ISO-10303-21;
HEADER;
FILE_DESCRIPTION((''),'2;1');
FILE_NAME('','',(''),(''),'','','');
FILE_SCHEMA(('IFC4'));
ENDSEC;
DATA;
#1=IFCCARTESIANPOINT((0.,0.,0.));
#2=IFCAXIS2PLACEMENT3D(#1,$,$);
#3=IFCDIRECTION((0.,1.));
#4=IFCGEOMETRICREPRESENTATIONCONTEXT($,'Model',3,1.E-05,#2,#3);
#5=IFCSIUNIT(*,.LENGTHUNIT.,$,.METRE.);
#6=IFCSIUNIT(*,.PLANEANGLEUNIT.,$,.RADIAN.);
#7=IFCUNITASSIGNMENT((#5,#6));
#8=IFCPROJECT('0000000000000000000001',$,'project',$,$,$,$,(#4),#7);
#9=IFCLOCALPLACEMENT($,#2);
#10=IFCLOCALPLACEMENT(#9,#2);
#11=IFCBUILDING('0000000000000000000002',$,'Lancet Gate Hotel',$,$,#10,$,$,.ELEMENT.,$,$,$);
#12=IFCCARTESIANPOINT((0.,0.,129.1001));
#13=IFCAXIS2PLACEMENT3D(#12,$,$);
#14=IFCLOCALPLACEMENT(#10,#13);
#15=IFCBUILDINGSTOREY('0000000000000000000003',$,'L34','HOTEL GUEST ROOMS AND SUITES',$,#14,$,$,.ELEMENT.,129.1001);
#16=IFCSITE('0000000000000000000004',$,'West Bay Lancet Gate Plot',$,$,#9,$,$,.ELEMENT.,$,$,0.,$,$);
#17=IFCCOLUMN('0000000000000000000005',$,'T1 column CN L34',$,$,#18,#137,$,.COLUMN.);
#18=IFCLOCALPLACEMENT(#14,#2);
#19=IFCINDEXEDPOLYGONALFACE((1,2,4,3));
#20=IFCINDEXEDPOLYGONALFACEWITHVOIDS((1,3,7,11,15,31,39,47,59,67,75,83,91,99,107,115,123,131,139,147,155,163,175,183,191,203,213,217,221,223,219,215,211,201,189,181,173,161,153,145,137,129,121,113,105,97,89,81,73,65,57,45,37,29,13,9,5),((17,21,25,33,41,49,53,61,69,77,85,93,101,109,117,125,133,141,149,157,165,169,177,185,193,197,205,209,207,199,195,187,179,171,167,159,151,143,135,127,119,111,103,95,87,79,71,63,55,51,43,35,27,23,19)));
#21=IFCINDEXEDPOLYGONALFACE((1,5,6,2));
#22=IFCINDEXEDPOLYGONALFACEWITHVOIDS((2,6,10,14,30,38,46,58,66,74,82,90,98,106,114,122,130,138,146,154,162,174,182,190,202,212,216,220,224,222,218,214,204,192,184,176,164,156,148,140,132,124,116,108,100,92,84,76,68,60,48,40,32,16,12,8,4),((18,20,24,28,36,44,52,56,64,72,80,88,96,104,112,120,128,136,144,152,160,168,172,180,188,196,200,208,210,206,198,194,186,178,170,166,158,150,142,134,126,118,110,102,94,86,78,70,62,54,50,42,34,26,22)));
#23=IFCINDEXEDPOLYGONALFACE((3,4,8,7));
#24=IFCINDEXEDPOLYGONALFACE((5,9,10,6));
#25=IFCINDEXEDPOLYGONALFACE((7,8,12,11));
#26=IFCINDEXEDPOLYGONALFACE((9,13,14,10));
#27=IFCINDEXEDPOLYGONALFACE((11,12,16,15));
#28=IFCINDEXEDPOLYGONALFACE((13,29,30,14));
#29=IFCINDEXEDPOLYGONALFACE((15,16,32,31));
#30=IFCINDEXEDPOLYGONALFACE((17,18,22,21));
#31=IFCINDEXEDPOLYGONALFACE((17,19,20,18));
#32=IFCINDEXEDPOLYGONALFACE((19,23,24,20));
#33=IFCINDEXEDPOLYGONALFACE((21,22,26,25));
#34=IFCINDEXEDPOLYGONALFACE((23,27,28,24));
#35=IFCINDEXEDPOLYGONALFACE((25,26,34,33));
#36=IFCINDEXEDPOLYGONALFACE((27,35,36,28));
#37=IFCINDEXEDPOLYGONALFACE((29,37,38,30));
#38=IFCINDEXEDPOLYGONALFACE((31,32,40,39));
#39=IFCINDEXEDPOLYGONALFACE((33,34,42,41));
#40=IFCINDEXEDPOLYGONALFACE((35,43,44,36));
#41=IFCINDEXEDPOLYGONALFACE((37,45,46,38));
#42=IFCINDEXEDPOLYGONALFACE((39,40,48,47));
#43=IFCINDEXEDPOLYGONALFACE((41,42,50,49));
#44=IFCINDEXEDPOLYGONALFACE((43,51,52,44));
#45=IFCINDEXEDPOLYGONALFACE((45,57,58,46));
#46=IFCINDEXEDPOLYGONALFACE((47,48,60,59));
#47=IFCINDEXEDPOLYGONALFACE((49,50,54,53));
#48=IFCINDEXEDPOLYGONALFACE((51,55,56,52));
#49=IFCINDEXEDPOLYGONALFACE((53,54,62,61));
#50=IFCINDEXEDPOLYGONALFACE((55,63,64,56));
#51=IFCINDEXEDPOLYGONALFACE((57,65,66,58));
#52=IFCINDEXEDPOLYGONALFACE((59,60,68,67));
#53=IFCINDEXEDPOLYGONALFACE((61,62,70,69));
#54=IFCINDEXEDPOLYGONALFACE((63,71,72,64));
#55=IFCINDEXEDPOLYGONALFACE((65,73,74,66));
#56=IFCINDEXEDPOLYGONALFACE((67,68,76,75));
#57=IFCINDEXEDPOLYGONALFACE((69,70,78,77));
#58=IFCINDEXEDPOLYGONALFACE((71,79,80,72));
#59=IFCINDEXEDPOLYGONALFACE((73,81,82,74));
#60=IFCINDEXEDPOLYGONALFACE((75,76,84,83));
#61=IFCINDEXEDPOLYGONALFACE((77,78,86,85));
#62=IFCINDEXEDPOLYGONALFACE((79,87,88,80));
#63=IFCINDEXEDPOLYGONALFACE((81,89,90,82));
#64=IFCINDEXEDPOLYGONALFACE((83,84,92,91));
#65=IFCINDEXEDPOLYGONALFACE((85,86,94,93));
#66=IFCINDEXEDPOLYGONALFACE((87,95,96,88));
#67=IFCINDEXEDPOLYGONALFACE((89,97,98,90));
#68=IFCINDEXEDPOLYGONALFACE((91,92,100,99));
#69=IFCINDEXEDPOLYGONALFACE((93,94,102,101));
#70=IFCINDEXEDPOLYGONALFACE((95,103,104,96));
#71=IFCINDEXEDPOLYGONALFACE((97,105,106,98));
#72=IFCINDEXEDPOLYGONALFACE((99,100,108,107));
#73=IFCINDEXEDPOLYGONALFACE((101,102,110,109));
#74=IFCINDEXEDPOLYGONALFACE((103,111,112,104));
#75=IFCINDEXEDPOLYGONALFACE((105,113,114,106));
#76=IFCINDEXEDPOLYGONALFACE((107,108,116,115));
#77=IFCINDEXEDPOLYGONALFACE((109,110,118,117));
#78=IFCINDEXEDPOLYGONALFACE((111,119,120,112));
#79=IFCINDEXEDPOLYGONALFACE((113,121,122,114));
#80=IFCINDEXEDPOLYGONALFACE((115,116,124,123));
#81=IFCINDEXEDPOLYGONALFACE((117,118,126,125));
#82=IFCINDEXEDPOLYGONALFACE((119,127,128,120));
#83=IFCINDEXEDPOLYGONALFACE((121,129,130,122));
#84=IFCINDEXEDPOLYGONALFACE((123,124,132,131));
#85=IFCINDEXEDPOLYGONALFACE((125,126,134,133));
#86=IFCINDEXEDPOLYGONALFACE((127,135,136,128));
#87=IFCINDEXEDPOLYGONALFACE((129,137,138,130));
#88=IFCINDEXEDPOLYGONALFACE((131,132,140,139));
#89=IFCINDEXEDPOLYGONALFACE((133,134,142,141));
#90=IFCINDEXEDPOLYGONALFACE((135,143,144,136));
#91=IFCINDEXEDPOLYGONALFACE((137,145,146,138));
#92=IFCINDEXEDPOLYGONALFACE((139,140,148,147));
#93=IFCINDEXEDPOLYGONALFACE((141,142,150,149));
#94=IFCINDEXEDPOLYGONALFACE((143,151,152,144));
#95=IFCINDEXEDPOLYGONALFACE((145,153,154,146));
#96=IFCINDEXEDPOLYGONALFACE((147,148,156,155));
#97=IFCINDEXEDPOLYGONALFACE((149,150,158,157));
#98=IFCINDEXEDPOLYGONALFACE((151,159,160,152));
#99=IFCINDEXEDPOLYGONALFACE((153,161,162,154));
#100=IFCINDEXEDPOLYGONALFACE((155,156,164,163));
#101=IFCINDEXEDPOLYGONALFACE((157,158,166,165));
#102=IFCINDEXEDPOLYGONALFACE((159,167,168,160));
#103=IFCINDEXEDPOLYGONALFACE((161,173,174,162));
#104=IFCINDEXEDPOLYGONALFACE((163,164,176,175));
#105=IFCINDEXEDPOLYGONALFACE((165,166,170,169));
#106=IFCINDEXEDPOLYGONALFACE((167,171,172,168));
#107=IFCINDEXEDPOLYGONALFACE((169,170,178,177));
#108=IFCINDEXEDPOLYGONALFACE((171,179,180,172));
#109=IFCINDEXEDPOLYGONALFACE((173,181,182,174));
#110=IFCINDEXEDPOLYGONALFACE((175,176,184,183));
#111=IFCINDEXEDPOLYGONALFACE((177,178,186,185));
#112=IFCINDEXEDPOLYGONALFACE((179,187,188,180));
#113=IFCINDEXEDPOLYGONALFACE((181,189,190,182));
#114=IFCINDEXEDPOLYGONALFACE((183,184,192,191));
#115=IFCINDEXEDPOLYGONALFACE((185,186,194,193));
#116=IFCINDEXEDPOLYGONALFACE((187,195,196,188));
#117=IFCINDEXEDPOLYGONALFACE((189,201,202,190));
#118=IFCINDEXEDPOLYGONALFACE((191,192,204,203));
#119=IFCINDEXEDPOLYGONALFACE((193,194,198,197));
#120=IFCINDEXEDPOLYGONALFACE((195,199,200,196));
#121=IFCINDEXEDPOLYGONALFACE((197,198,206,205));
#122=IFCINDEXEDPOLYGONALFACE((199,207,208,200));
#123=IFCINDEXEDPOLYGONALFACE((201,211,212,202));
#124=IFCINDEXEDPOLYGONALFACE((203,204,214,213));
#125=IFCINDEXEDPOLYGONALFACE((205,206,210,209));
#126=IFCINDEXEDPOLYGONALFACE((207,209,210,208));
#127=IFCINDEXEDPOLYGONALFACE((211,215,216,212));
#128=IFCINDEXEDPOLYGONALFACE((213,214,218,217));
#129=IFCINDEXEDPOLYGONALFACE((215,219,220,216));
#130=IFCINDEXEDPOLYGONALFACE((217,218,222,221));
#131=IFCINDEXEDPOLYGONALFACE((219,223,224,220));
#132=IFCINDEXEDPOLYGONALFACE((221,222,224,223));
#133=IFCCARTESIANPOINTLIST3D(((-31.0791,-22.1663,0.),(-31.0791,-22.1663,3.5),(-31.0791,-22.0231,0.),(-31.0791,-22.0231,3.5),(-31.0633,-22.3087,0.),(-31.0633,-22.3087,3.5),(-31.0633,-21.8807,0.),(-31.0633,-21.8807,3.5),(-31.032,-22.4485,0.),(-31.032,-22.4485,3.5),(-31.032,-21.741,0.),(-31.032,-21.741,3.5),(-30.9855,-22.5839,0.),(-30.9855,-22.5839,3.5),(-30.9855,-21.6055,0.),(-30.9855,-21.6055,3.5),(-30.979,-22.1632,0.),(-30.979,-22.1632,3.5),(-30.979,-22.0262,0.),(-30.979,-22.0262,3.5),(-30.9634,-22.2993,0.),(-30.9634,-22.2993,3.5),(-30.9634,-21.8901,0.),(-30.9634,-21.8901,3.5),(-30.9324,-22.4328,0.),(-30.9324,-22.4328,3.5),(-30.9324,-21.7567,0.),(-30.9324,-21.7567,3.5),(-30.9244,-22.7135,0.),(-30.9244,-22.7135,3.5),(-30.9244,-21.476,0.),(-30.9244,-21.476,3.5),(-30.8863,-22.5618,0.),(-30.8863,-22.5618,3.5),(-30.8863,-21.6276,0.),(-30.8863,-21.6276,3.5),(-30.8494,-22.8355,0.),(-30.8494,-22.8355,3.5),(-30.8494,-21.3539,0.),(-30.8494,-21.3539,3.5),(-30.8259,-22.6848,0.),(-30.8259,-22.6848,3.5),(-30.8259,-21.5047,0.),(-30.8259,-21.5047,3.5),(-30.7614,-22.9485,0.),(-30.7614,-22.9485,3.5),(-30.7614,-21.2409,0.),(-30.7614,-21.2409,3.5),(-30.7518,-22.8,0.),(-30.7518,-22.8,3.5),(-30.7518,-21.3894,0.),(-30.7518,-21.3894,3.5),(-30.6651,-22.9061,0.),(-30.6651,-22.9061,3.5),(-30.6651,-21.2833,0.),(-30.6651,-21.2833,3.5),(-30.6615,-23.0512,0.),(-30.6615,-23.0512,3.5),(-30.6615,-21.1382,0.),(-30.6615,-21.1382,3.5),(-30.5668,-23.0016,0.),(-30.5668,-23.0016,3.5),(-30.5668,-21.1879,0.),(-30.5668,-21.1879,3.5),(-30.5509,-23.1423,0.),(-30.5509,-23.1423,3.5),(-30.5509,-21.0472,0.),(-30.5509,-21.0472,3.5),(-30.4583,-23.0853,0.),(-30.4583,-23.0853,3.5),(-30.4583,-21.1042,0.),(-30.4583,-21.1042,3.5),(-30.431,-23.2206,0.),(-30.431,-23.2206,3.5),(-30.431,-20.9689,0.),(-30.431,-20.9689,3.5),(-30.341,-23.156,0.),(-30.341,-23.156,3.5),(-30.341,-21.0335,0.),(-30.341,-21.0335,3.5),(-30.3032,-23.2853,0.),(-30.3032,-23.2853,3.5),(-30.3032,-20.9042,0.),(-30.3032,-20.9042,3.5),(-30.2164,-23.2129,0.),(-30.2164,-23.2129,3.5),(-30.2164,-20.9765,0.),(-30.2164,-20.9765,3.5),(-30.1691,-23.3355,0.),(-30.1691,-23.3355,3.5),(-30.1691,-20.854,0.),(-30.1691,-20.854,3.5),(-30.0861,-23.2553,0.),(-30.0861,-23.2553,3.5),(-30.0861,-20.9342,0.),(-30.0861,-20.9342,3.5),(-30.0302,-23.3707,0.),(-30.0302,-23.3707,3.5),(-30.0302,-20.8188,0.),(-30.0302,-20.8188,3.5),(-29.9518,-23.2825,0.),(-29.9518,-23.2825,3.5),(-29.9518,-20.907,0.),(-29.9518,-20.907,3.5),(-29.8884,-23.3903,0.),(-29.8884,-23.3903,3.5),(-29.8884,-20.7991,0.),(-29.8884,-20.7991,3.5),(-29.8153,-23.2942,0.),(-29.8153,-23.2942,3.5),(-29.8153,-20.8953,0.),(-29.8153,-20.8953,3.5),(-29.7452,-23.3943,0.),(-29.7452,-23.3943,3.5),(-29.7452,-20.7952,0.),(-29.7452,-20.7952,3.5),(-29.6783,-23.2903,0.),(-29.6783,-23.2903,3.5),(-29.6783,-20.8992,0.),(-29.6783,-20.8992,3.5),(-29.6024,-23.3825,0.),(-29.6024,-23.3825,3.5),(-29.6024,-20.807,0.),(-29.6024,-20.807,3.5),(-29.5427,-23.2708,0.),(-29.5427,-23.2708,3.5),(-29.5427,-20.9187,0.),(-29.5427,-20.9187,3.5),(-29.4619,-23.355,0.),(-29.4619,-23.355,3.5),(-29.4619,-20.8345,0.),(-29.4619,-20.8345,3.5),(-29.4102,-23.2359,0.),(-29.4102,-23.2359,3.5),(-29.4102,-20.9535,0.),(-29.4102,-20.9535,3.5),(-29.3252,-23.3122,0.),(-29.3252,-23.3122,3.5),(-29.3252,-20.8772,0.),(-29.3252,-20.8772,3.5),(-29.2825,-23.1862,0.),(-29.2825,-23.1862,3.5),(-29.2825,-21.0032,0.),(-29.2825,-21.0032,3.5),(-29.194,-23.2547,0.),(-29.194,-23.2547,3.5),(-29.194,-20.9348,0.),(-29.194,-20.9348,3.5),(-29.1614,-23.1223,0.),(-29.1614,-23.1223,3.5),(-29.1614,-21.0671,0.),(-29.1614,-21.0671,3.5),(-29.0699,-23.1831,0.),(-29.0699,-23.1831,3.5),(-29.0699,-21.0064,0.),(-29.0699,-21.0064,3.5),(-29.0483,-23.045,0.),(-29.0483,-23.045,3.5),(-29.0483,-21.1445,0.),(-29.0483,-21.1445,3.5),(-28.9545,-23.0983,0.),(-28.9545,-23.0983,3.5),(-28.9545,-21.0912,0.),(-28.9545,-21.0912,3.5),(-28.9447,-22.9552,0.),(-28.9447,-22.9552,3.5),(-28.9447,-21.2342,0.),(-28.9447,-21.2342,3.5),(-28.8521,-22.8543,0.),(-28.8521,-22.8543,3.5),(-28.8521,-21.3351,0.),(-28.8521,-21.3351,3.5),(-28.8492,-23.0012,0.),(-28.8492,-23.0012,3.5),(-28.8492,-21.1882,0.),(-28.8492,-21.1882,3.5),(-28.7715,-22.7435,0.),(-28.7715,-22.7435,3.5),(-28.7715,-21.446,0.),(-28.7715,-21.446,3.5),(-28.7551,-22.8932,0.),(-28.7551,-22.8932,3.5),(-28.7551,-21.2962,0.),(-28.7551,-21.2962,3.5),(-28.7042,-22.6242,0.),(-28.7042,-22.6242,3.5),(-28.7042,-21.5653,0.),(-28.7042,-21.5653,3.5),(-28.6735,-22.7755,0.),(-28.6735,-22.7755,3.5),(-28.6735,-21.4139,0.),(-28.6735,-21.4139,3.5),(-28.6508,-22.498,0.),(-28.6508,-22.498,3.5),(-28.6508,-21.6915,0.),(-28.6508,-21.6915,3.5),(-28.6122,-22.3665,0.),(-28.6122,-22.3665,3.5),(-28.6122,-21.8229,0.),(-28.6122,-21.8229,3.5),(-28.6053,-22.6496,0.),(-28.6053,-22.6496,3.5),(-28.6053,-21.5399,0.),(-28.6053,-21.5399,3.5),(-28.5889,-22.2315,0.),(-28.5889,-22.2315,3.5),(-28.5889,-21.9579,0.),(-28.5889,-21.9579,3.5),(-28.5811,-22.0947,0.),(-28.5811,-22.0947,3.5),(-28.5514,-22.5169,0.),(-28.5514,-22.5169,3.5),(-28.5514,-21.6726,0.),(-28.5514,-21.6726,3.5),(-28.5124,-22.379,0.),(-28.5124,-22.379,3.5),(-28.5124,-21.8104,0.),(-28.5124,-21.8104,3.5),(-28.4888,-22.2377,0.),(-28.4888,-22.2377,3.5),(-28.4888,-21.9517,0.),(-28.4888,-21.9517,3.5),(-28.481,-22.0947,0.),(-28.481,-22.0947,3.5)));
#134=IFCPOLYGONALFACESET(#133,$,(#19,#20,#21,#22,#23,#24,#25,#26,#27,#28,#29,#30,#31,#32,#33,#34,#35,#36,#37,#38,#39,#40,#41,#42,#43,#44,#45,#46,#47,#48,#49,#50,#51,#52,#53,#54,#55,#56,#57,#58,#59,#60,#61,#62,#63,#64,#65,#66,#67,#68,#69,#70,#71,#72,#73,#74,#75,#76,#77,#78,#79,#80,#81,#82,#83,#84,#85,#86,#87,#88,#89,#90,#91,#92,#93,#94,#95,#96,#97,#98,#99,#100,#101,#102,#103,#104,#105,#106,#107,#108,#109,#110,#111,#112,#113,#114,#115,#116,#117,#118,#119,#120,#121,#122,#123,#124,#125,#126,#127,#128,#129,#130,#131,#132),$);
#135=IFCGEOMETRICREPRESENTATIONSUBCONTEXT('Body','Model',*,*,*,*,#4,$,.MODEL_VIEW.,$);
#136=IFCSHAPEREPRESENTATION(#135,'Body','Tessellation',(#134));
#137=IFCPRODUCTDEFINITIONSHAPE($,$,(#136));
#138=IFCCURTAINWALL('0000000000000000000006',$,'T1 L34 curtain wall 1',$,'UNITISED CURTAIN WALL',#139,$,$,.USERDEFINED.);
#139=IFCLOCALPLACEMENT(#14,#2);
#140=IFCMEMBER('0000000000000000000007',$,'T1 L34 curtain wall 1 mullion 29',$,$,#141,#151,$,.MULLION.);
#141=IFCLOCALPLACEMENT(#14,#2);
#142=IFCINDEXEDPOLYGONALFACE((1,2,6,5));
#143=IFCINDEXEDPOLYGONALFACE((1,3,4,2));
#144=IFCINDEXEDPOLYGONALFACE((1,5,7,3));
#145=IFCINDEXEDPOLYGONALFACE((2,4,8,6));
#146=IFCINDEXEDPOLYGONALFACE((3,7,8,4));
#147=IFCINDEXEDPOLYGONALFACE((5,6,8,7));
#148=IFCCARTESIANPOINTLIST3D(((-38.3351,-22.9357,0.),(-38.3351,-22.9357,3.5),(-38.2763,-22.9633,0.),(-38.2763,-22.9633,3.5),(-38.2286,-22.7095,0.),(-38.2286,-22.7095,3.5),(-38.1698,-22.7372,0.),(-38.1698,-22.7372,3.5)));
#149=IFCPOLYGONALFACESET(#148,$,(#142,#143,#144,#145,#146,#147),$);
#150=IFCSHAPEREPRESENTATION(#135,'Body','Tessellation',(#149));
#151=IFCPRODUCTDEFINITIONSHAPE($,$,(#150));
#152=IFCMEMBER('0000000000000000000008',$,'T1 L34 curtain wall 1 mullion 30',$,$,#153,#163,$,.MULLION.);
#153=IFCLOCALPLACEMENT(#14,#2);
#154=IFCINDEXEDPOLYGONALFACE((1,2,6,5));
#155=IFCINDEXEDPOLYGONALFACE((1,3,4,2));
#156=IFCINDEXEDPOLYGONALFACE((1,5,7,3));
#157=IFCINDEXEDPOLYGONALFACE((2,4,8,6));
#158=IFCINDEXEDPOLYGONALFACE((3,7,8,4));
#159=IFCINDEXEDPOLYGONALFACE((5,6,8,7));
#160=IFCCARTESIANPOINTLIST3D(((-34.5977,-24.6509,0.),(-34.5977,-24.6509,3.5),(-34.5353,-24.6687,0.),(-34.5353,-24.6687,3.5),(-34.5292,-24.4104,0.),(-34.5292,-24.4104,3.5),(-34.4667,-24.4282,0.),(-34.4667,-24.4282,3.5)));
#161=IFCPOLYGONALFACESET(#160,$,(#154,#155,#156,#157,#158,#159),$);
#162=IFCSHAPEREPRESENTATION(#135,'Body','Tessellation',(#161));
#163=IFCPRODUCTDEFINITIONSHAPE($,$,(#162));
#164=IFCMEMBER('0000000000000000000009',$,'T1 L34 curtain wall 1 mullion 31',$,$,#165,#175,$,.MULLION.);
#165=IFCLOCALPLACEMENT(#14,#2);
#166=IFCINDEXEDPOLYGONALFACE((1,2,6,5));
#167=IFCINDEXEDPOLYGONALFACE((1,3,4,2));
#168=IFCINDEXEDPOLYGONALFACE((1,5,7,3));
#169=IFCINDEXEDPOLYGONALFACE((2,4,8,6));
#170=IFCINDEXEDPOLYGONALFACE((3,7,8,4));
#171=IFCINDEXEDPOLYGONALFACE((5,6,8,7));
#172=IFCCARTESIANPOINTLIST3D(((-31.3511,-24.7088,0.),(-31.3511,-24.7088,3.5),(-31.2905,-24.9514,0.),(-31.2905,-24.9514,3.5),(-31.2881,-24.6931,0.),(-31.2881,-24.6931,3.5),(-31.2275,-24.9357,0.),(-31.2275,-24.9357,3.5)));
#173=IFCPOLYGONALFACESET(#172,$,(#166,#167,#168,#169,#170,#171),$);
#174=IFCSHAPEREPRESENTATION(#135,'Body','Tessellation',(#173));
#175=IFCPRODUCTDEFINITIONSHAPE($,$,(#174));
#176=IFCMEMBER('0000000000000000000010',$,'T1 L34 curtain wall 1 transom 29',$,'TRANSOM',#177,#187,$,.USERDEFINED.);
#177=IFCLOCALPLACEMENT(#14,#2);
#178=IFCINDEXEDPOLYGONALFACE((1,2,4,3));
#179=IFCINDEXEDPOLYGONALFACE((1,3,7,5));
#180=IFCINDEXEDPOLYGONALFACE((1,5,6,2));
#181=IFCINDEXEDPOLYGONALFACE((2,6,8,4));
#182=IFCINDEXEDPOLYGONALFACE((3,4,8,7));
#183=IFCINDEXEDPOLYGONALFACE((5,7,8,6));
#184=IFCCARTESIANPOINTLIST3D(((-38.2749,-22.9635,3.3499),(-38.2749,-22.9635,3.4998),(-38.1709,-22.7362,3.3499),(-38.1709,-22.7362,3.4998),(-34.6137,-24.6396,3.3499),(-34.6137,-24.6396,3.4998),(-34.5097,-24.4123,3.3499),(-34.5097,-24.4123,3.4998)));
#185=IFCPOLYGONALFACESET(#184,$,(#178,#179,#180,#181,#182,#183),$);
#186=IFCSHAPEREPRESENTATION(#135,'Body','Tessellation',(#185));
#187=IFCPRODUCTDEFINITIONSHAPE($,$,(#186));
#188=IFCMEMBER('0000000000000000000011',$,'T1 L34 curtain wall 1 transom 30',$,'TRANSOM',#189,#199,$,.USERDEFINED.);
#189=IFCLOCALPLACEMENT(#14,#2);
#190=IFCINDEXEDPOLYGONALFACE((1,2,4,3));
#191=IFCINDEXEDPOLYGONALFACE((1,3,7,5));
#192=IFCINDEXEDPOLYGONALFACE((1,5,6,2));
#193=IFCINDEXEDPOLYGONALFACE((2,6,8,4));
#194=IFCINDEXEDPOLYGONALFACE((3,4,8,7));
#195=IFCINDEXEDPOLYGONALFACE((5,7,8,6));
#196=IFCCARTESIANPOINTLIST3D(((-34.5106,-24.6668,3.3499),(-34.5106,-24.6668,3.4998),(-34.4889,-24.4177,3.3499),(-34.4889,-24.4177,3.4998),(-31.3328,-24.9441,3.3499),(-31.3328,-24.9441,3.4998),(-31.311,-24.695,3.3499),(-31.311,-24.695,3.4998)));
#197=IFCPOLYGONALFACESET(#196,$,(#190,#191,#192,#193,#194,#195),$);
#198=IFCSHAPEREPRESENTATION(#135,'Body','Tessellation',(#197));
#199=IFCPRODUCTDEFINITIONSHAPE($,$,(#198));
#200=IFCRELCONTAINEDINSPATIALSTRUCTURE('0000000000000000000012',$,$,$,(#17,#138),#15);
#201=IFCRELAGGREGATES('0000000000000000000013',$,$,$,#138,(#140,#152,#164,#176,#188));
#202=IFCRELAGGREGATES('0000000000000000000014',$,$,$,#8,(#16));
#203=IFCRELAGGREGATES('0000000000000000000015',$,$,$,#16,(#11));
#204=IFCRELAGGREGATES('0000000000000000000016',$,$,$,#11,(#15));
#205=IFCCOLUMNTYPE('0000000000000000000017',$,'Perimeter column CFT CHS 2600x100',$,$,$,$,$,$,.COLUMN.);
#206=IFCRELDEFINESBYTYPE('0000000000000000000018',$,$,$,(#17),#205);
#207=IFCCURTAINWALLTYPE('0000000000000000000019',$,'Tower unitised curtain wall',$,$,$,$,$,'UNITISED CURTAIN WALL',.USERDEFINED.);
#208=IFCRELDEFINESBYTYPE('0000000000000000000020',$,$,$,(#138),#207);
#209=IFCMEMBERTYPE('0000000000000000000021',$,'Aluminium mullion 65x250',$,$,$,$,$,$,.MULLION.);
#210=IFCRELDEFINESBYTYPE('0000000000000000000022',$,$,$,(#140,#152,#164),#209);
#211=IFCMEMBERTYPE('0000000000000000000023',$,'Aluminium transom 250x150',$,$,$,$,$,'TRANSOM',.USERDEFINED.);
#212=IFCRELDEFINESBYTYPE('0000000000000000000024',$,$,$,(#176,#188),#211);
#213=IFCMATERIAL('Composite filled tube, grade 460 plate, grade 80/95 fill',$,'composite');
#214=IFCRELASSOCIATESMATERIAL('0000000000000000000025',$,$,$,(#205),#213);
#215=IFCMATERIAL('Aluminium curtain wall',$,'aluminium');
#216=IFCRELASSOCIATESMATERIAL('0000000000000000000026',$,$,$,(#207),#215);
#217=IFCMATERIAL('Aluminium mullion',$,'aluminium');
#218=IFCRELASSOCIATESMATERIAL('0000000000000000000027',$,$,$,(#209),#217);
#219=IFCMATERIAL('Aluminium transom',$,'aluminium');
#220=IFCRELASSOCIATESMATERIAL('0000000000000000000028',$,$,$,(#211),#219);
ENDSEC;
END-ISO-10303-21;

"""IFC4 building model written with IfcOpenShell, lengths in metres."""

from ifc_helpers import new_model, si_unit, direction, frame, origin, origin_2d, place, context, subcontext, project, spatial, rectangle, hollow_circle, extrude, material, material_profile, profile_set, type_object, element, aggregate, save


model = new_model("IFC4")

# Units and contexts
model_context = context("Model", 3, precision=1e-05, world=origin(), true_north=direction((0.0, 1.0)))
body_context = subcontext(model_context, "Body", "Model", "MODEL_VIEW")
ifc_project = project(units=[si_unit("LENGTHUNIT", "METRE"), si_unit("PLANEANGLEUNIT", "RADIAN")], contexts=[model_context])

# Site, building, storey
site_placement = place(None, origin())
site = spatial("IfcSite", under=ifc_project, at=site_placement, Name="West Bay Lancet Gate Plot", CompositionType="ELEMENT", RefElevation=0.0)
building_placement = place(site_placement, origin())
building = spatial("IfcBuilding", under=site, at=building_placement, Name="Lancet Gate Hotel", CompositionType="ELEMENT")
storey_placement = place(building_placement, frame((0.0, 0.0, 129.1001)))
storey = spatial("IfcBuildingStorey", under=building, at=storey_placement, Name="L34", Description="HOTEL GUEST ROOMS AND SUITES", CompositionType="ELEMENT", Elevation=129.1001)

# Column
ifc_material_1 = material(Name="Composite filled tube, grade 460 plate, grade 80/95 fill", Category="composite")
ifc_material_profile_1 = material_profile(ifc_material_1, hollow_circle(Radius=1.3, WallThickness=0.1001, at=origin_2d()), Name="CHS 2600x100")
ifc_profile_set_1 = profile_set([ifc_material_profile_1], Name="Composite filled tube, grade 460 plate, grade 80/95 fill")
column_type = type_object("IfcColumnType", Name="Perimeter column CFT CHS 2600x100", PredefinedType="COLUMN", material=ifc_profile_set_1)
column_placement = place(storey_placement, frame((-29.781, -22.0947, 0.0), z_axis=(0.0, 0.0, 1.0), x_axis=(1.0, 0.0, 0.0)))
element("IfcColumn", 1, at=column_placement, inside=storey, type_object=column_type, Name="T1 column CN L34", PredefinedType="COLUMN", context=body_context, shape_type="SweptSolid", body=[
    extrude(hollow_circle(Radius=1.3, WallThickness=0.1001, at=origin_2d()), origin(), (0.0, 0.0, 1.0), 3.5),
])

# Curtain wall, members
ifc_material_2 = material(Name="Aluminium curtain wall", Category="aluminium")
curtain_wall_type = type_object("IfcCurtainWallType", Name="Tower unitised curtain wall", ElementType="UNITISED CURTAIN WALL", PredefinedType="USERDEFINED", material=ifc_material_2)
curtain_wall_placement = place(storey_placement, origin())
curtain_wall = element("IfcCurtainWall", 2, at=curtain_wall_placement, inside=storey, type_object=curtain_wall_type, Name="T1 L34 curtain wall 1", ObjectType="UNITISED CURTAIN WALL", PredefinedType="USERDEFINED")
ifc_material_3 = material(Name="Aluminium mullion", Category="aluminium")
ifc_material_profile_2 = material_profile(ifc_material_3, rectangle(XDim=0.0649, YDim=0.25, at=origin_2d()), Name="MULLION 65x250")
ifc_profile_set_2 = profile_set([ifc_material_profile_2], Name="Aluminium mullion")
member_type_1 = type_object("IfcMemberType", Name="Aluminium mullion 65x250", PredefinedType="MULLION", material=ifc_profile_set_2)
member_1_placement = place(storey_placement, frame((-38.2524, -22.8364, 0.0), z_axis=(0.0, 0.0, 1.0), x_axis=(0.90472, -0.426008, 0.0)))
member_1 = element("IfcMember", 3, at=member_1_placement, type_object=member_type_1, Name="T1 L34 curtain wall 1 mullion 29", PredefinedType="MULLION", context=body_context, shape_type="SweptSolid", body=[
    extrude(rectangle(XDim=0.0649, YDim=0.25, at=origin_2d()), origin(), (0.0, 0.0, 1.0), 3.5),
])
member_2_placement = place(storey_placement, frame((-34.5322, -24.5396, 0.0), z_axis=(0.0, 0.0, 1.0), x_axis=(0.961653, -0.274268, 0.0)))
member_2 = element("IfcMember", 4, at=member_2_placement, type_object=member_type_1, Name="T1 L34 curtain wall 1 mullion 30", PredefinedType="MULLION", context=body_context, shape_type="SweptSolid", body=[
    extrude(rectangle(XDim=0.0649, YDim=0.25, at=origin_2d()), origin(), (0.0, 0.0, 1.0), 3.5),
])
member_3_placement = place(storey_placement, frame((-31.2893, -24.8223, 0.0), z_axis=(0.0, 0.0, 1.0), x_axis=(0.970242, 0.242137, 0.0)))
member_3 = element("IfcMember", 5, at=member_3_placement, type_object=member_type_1, Name="T1 L34 curtain wall 1 mullion 31", PredefinedType="MULLION", context=body_context, shape_type="SweptSolid", body=[
    extrude(rectangle(XDim=0.0649, YDim=0.25, at=origin_2d()), origin(), (0.0, 0.0, 1.0), 3.5),
])
ifc_material_4 = material(Name="Aluminium transom", Category="aluminium")
ifc_material_profile_3 = material_profile(ifc_material_4, rectangle(XDim=0.25, YDim=0.1499, at=origin_2d()), Name="TRANSOM 250x150")
ifc_profile_set_3 = profile_set([ifc_material_profile_3], Name="Aluminium transom")
member_type_2 = type_object("IfcMemberType", Name="Aluminium transom 250x150", ElementType="TRANSOM", PredefinedType="USERDEFINED", material=ifc_profile_set_3)
member_4_placement = place(storey_placement, frame((-38.2229, -22.8499, 3.4248), z_axis=(0.909252, -0.416245, 0.0), x_axis=(0.416245, 0.909252, 0.0)))
member_4 = element("IfcMember", 6, at=member_4_placement, type_object=member_type_2, Name="T1 L34 curtain wall 1 transom 29", ObjectType="TRANSOM", PredefinedType="USERDEFINED", context=body_context, shape_type="SweptSolid", body=[
    extrude(rectangle(XDim=0.25, YDim=0.1499, at=origin_2d()), origin(), (0.0, 0.0, 1.0), 4.0266),
])
member_5_placement = place(storey_placement, frame((-34.4998, -24.5422, 3.4248), z_axis=(0.996214, -0.08694, 0.0), x_axis=(0.08694, 0.996214, 0.0)))
member_5 = element("IfcMember", 7, at=member_5_placement, type_object=member_type_2, Name="T1 L34 curtain wall 1 transom 30", ObjectType="TRANSOM", PredefinedType="USERDEFINED", context=body_context, shape_type="SweptSolid", body=[
    extrude(rectangle(XDim=0.25, YDim=0.1499, at=origin_2d()), origin(), (0.0, 0.0, 1.0), 3.1899),
])

aggregate(curtain_wall, [member_1, member_2, member_3, member_4, member_5])

save(model, "model.ifc")
